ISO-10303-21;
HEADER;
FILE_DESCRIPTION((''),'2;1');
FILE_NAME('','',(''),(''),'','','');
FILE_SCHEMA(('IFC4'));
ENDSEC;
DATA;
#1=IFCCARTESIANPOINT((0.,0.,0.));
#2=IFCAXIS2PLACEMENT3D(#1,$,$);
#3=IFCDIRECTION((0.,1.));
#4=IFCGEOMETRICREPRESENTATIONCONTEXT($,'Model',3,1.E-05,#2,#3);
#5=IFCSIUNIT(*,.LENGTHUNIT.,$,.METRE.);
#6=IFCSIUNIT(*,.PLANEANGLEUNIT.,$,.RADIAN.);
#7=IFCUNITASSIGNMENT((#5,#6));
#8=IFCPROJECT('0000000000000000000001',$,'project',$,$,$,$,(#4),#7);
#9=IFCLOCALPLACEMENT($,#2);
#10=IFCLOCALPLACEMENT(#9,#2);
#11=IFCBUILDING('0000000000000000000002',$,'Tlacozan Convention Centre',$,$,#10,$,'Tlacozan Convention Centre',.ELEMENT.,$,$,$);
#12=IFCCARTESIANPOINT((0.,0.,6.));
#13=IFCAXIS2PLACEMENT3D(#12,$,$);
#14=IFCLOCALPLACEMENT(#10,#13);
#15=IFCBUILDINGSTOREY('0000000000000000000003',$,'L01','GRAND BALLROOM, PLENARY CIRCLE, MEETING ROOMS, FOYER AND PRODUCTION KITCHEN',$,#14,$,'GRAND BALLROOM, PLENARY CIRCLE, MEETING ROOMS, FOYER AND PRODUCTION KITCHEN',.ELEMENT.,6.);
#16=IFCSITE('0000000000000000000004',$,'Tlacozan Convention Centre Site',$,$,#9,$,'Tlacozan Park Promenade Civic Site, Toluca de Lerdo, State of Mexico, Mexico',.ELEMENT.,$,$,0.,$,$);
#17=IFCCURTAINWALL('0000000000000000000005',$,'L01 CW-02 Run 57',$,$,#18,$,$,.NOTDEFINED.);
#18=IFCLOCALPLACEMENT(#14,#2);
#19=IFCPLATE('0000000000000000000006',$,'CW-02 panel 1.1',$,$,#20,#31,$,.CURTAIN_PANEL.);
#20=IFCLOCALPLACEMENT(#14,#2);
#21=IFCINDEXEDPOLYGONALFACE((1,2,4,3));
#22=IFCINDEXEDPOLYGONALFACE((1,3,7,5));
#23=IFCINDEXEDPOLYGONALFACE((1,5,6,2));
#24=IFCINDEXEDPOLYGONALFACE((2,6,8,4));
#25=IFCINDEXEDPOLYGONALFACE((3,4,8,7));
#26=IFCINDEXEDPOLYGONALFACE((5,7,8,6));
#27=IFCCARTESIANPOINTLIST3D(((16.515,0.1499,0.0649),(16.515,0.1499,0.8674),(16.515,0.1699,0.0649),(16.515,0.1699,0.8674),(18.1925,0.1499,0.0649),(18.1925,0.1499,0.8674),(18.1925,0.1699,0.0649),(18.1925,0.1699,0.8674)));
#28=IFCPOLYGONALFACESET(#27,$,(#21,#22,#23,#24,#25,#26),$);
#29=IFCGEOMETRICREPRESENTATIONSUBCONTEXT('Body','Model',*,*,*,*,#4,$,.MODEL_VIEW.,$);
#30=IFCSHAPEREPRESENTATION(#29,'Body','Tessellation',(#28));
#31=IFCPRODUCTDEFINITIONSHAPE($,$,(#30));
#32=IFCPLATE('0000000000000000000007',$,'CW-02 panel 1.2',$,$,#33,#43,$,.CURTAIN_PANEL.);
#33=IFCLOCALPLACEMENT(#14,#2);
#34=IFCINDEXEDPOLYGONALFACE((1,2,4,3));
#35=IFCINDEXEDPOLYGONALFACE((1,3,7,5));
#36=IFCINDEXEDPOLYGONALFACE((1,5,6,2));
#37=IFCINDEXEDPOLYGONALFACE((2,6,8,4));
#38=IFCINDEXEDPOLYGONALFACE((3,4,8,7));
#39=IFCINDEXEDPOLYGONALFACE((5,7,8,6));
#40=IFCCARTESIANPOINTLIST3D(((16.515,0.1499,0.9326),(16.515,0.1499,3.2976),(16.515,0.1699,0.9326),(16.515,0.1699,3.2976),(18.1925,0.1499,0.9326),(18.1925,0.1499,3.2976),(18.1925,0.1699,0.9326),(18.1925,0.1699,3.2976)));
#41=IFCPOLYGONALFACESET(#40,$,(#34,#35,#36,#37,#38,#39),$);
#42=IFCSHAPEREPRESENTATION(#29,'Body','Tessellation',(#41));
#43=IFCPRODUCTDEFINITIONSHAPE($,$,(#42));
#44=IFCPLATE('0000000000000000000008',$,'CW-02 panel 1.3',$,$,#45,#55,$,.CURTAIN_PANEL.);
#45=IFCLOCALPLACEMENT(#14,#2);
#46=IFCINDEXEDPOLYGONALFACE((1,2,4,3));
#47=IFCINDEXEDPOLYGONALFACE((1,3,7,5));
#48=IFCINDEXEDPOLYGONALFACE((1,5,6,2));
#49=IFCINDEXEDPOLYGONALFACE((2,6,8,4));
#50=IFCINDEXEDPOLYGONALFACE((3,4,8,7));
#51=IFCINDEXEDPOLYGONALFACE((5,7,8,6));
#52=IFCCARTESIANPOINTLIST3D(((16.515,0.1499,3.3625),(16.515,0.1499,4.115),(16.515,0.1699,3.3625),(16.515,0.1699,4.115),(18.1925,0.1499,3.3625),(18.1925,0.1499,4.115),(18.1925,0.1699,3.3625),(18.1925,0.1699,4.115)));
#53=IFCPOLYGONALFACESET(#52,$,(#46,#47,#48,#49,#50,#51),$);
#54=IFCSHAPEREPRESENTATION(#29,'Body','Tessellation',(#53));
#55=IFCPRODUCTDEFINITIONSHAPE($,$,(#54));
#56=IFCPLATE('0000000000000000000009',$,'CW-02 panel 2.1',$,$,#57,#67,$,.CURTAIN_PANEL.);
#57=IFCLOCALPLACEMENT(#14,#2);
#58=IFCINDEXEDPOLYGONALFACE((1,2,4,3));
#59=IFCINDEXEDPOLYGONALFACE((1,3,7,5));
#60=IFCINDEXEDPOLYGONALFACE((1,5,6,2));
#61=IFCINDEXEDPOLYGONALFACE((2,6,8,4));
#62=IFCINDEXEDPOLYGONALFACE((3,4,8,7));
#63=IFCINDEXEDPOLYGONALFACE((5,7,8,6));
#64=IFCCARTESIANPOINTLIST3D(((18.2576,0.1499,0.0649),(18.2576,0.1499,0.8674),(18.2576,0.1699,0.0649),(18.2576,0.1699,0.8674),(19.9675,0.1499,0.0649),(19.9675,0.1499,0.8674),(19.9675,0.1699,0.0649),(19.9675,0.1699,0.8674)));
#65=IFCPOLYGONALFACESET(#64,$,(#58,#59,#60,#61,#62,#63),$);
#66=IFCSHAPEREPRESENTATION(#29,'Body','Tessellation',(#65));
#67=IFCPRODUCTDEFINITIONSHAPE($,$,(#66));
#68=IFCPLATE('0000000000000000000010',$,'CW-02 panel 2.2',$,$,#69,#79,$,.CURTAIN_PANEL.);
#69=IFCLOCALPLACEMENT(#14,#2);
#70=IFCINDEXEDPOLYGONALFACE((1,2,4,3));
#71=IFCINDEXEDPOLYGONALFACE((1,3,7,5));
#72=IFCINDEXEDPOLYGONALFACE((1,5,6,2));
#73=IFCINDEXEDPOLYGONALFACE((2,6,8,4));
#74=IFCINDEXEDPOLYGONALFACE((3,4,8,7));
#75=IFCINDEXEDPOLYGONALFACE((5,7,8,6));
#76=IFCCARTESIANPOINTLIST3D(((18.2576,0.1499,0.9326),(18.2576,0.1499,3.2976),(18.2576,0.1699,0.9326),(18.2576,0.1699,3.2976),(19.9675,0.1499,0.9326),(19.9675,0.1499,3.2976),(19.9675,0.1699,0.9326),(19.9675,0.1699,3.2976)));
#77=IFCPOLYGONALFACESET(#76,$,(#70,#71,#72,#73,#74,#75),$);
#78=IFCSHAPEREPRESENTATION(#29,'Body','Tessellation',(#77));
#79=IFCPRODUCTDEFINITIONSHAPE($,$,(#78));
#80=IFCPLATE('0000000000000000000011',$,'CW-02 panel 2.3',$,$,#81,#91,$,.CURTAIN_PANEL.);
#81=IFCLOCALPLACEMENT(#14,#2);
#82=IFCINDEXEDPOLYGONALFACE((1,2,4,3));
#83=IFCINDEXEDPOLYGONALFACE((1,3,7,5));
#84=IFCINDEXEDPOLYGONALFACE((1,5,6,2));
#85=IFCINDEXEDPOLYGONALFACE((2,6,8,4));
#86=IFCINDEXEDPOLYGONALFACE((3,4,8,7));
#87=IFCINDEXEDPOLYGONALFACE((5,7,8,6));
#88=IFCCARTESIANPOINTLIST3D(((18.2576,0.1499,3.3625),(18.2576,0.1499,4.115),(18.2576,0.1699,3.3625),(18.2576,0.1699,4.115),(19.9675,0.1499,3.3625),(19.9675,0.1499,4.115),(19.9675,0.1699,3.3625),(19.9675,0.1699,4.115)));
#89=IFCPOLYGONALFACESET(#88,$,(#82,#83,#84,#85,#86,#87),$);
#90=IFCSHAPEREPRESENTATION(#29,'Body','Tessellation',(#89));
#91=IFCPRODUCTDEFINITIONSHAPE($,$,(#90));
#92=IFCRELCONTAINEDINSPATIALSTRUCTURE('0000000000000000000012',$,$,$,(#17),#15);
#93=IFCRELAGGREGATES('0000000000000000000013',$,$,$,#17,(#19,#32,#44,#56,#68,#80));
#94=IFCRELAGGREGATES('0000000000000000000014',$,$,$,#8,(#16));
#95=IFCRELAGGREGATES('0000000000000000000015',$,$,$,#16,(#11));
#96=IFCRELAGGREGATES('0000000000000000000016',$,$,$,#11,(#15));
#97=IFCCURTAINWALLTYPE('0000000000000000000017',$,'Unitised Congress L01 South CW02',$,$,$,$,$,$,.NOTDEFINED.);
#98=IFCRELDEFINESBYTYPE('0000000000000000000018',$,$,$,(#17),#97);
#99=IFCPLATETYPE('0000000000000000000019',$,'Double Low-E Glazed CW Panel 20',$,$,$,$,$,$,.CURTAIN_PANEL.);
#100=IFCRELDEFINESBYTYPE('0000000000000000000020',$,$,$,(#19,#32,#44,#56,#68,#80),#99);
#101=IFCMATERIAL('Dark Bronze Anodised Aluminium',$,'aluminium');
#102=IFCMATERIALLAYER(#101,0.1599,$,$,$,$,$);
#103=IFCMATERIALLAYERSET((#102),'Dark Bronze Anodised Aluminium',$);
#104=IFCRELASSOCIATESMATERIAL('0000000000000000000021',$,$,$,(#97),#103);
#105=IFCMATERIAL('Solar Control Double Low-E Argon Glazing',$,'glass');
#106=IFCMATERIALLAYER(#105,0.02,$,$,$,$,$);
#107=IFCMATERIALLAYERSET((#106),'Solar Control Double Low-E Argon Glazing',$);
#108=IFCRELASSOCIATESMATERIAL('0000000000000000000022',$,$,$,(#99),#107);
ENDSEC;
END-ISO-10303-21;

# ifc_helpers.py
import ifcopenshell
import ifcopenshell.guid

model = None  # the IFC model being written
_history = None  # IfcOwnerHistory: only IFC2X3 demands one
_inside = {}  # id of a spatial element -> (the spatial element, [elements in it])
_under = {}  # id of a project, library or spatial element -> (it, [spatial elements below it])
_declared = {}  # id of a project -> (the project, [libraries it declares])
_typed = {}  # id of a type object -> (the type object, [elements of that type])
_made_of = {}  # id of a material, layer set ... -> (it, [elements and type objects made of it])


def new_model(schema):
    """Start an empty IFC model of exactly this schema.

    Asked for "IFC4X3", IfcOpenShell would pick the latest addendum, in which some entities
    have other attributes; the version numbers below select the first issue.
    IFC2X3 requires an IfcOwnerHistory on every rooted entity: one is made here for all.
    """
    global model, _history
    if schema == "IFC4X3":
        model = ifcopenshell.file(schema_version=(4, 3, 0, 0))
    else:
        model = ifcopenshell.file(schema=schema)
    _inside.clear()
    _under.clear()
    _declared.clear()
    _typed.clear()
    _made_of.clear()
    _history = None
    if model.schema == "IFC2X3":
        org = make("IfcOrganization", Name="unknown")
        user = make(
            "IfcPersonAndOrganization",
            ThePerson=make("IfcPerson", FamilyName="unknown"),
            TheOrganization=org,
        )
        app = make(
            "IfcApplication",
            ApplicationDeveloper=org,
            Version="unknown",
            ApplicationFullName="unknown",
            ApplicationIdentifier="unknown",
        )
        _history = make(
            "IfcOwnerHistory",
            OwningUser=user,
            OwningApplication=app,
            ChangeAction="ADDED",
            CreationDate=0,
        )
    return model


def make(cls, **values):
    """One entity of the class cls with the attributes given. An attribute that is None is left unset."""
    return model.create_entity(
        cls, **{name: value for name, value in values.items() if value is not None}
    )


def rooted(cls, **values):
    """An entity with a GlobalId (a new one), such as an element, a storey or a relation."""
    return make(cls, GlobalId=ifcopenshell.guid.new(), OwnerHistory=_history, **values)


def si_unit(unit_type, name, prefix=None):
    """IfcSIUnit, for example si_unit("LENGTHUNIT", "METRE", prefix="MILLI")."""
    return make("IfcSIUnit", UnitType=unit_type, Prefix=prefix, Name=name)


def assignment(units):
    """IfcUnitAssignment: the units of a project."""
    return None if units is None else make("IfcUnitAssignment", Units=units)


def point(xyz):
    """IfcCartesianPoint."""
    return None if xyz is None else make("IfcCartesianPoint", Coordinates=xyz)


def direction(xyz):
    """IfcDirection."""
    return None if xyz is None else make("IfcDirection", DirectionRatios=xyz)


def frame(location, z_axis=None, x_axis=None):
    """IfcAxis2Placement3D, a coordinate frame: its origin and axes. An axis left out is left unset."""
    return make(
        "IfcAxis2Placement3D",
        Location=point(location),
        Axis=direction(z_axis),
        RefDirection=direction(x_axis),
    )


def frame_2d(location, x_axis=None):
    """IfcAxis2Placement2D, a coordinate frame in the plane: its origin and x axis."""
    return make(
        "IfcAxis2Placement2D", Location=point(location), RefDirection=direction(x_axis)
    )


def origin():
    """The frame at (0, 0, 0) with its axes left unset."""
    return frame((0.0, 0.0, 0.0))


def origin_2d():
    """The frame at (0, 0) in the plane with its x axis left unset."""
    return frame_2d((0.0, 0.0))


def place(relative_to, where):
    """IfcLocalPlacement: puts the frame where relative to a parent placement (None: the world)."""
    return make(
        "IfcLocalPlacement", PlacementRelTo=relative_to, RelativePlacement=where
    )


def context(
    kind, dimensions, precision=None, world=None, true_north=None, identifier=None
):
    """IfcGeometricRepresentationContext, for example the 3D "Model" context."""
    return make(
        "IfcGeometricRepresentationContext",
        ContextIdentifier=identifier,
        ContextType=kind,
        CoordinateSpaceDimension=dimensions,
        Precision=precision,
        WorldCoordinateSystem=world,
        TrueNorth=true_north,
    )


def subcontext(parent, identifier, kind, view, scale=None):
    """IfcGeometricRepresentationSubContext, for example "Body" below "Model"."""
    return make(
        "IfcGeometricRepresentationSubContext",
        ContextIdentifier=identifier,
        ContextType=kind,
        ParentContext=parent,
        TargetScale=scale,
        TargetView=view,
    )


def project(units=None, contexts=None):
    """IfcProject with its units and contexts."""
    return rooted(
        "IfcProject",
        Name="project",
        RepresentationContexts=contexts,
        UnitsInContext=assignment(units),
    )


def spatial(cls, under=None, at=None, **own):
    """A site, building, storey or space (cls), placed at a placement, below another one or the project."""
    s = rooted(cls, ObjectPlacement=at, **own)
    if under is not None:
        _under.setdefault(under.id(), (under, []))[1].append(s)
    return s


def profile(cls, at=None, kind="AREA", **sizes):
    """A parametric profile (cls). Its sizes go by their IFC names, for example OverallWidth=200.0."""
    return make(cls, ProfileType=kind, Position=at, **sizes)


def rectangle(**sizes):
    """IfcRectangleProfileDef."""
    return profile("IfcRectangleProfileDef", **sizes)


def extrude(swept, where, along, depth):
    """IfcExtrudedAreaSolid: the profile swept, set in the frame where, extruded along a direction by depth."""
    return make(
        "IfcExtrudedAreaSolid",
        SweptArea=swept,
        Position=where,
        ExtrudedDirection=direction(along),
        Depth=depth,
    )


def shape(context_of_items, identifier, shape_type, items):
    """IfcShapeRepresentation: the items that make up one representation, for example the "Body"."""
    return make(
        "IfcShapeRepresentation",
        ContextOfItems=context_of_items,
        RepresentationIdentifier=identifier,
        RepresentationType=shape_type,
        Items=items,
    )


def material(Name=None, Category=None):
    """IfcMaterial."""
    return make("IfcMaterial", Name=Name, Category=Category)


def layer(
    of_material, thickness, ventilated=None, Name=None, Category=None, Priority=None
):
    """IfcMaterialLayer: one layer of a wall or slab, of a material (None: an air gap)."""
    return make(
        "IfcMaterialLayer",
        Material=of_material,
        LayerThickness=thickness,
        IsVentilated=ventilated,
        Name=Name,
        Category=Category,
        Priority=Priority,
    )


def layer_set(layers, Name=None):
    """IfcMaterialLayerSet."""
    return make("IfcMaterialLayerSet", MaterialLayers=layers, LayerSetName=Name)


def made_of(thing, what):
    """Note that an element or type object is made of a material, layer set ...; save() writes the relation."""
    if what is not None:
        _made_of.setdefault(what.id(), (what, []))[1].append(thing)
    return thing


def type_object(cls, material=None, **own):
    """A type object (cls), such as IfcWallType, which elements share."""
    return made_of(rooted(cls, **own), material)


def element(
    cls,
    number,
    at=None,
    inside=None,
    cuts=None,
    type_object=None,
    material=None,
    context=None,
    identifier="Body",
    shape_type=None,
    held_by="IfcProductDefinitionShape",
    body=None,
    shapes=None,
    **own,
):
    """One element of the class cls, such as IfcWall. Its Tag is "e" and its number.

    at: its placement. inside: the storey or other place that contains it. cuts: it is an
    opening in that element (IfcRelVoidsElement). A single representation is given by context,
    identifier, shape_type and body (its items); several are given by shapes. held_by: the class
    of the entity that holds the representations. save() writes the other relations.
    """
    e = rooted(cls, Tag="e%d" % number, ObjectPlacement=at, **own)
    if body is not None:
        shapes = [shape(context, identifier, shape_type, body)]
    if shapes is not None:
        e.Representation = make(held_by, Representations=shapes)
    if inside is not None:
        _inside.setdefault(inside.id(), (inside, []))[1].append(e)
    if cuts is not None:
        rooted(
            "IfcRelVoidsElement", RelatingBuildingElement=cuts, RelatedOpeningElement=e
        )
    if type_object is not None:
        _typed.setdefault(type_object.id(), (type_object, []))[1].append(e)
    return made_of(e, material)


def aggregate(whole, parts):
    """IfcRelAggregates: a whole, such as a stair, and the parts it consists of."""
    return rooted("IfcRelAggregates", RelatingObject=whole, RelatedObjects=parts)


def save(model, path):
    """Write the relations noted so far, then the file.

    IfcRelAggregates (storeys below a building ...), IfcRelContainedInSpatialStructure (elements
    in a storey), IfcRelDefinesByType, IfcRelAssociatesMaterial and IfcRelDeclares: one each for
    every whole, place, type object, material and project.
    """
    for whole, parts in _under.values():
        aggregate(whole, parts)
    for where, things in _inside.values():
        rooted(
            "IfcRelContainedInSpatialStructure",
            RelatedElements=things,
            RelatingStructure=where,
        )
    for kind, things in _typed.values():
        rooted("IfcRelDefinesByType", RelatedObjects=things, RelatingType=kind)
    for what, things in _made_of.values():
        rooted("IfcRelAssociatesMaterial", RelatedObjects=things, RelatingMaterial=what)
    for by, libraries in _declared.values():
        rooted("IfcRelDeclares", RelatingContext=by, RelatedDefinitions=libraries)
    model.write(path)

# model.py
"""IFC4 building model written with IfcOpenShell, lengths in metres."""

from ifc_helpers import new_model, si_unit, direction, frame, origin, origin_2d, place, context, subcontext, project, spatial, rectangle, extrude, material, layer, layer_set, type_object, element, aggregate, save


model = new_model("IFC4")

# Units and contexts
model_context = context("Model", 3, precision=1e-05, world=origin(), true_north=direction((0.0, 1.0)))
body_context = subcontext(model_context, "Body", "Model", "MODEL_VIEW")
ifc_project = project(units=[si_unit("LENGTHUNIT", "METRE"), si_unit("PLANEANGLEUNIT", "RADIAN")], contexts=[model_context])

# Site, building, storey
site_placement = place(None, origin())
site = spatial("IfcSite", under=ifc_project, at=site_placement, Name="Tlacozan Convention Centre Site", LongName="Tlacozan Park Promenade Civic Site, Toluca de Lerdo, State of Mexico, Mexico", CompositionType="ELEMENT", RefElevation=0.0)
building_placement = place(site_placement, origin())
building = spatial("IfcBuilding", under=site, at=building_placement, Name="Tlacozan Convention Centre", LongName="Tlacozan Convention Centre", CompositionType="ELEMENT")
storey_placement = place(building_placement, frame((0.0, 0.0, 6.0)))
storey = spatial("IfcBuildingStorey", under=building, at=storey_placement, Name="L01", Description="GRAND BALLROOM, PLENARY CIRCLE, MEETING ROOMS, FOYER AND PRODUCTION KITCHEN", LongName="GRAND BALLROOM, PLENARY CIRCLE, MEETING ROOMS, FOYER AND PRODUCTION KITCHEN", CompositionType="ELEMENT", Elevation=6.0)

# Curtain wall
ifc_material_1 = material(Name="Dark Bronze Anodised Aluminium", Category="aluminium")
ifc_layer_1 = layer(ifc_material_1, 0.1599)
ifc_layer_set_1 = layer_set([ifc_layer_1], Name="Dark Bronze Anodised Aluminium")
curtain_wall_type = type_object("IfcCurtainWallType", Name="Unitised Congress L01 South CW02", PredefinedType="NOTDEFINED", material=ifc_layer_set_1)
curtain_wall_placement = place(storey_placement, origin())
curtain_wall = element("IfcCurtainWall", 1, at=curtain_wall_placement, inside=storey, type_object=curtain_wall_type, Name="L01 CW-02 Run 57", PredefinedType="NOTDEFINED")

# Plates
ifc_material_2 = material(Name="Solar Control Double Low-E Argon Glazing", Category="glass")
ifc_layer_2 = layer(ifc_material_2, 0.02)
ifc_layer_set_2 = layer_set([ifc_layer_2], Name="Solar Control Double Low-E Argon Glazing")
plate_type = type_object("IfcPlateType", Name="Double Low-E Glazed CW Panel 20", PredefinedType="CURTAIN_PANEL", material=ifc_layer_set_2)
plate_1_placement = place(storey_placement, frame((17.3538, 0.1599, 0.0649), z_axis=(0.0, 0.0, 1.0), x_axis=(1.0, 0.0, 0.0)))
plate_1 = element("IfcPlate", 2, at=plate_1_placement, type_object=plate_type, Name="CW-02 panel 1.1", PredefinedType="CURTAIN_PANEL", context=body_context, shape_type="SweptSolid", body=[
    extrude(rectangle(XDim=1.6775, YDim=0.02, at=origin_2d()), origin(), (0.0, 0.0, 1.0), 0.8025),
])
plate_2_placement = place(storey_placement, frame((17.3538, 0.1599, 0.9326), z_axis=(0.0, 0.0, 1.0), x_axis=(1.0, 0.0, 0.0)))
plate_2 = element("IfcPlate", 3, at=plate_2_placement, type_object=plate_type, Name="CW-02 panel 1.2", PredefinedType="CURTAIN_PANEL", context=body_context, shape_type="SweptSolid", body=[
    extrude(rectangle(XDim=1.6775, YDim=0.02, at=origin_2d()), origin(), (0.0, 0.0, 1.0), 2.365),
])
plate_3_placement = place(storey_placement, frame((17.3538, 0.1599, 3.3625), z_axis=(0.0, 0.0, 1.0), x_axis=(1.0, 0.0, 0.0)))
plate_3 = element("IfcPlate", 4, at=plate_3_placement, type_object=plate_type, Name="CW-02 panel 1.3", PredefinedType="CURTAIN_PANEL", context=body_context, shape_type="SweptSolid", body=[
    extrude(rectangle(XDim=1.6775, YDim=0.02, at=origin_2d()), origin(), (0.0, 0.0, 1.0), 0.7524),
])
plate_4_placement = place(storey_placement, frame((19.1125, 0.1599, 0.0649), z_axis=(0.0, 0.0, 1.0), x_axis=(1.0, 0.0, 0.0)))
plate_4 = element("IfcPlate", 5, at=plate_4_placement, type_object=plate_type, Name="CW-02 panel 2.1", PredefinedType="CURTAIN_PANEL", context=body_context, shape_type="SweptSolid", body=[
    extrude(rectangle(XDim=1.71, YDim=0.02, at=origin_2d()), origin(), (0.0, 0.0, 1.0), 0.8025),
])
plate_5_placement = place(storey_placement, frame((19.1125, 0.1599, 0.9326), z_axis=(0.0, 0.0, 1.0), x_axis=(1.0, 0.0, 0.0)))
plate_5 = element("IfcPlate", 6, at=plate_5_placement, type_object=plate_type, Name="CW-02 panel 2.2", PredefinedType="CURTAIN_PANEL", context=body_context, shape_type="SweptSolid", body=[
    extrude(rectangle(XDim=1.71, YDim=0.02, at=origin_2d()), origin(), (0.0, 0.0, 1.0), 2.365),
])
plate_6_placement = place(storey_placement, frame((19.1125, 0.1599, 3.3625), z_axis=(0.0, 0.0, 1.0), x_axis=(1.0, 0.0, 0.0)))
plate_6 = element("IfcPlate", 7, at=plate_6_placement, type_object=plate_type, Name="CW-02 panel 2.3", PredefinedType="CURTAIN_PANEL", context=body_context, shape_type="SweptSolid", body=[
    extrude(rectangle(XDim=1.71, YDim=0.02, at=origin_2d()), origin(), (0.0, 0.0, 1.0), 0.7524),
])
aggregate(curtain_wall, [plate_1, plate_2, plate_3, plate_4, plate_5, plate_6])

save(model, "model.ifc")
